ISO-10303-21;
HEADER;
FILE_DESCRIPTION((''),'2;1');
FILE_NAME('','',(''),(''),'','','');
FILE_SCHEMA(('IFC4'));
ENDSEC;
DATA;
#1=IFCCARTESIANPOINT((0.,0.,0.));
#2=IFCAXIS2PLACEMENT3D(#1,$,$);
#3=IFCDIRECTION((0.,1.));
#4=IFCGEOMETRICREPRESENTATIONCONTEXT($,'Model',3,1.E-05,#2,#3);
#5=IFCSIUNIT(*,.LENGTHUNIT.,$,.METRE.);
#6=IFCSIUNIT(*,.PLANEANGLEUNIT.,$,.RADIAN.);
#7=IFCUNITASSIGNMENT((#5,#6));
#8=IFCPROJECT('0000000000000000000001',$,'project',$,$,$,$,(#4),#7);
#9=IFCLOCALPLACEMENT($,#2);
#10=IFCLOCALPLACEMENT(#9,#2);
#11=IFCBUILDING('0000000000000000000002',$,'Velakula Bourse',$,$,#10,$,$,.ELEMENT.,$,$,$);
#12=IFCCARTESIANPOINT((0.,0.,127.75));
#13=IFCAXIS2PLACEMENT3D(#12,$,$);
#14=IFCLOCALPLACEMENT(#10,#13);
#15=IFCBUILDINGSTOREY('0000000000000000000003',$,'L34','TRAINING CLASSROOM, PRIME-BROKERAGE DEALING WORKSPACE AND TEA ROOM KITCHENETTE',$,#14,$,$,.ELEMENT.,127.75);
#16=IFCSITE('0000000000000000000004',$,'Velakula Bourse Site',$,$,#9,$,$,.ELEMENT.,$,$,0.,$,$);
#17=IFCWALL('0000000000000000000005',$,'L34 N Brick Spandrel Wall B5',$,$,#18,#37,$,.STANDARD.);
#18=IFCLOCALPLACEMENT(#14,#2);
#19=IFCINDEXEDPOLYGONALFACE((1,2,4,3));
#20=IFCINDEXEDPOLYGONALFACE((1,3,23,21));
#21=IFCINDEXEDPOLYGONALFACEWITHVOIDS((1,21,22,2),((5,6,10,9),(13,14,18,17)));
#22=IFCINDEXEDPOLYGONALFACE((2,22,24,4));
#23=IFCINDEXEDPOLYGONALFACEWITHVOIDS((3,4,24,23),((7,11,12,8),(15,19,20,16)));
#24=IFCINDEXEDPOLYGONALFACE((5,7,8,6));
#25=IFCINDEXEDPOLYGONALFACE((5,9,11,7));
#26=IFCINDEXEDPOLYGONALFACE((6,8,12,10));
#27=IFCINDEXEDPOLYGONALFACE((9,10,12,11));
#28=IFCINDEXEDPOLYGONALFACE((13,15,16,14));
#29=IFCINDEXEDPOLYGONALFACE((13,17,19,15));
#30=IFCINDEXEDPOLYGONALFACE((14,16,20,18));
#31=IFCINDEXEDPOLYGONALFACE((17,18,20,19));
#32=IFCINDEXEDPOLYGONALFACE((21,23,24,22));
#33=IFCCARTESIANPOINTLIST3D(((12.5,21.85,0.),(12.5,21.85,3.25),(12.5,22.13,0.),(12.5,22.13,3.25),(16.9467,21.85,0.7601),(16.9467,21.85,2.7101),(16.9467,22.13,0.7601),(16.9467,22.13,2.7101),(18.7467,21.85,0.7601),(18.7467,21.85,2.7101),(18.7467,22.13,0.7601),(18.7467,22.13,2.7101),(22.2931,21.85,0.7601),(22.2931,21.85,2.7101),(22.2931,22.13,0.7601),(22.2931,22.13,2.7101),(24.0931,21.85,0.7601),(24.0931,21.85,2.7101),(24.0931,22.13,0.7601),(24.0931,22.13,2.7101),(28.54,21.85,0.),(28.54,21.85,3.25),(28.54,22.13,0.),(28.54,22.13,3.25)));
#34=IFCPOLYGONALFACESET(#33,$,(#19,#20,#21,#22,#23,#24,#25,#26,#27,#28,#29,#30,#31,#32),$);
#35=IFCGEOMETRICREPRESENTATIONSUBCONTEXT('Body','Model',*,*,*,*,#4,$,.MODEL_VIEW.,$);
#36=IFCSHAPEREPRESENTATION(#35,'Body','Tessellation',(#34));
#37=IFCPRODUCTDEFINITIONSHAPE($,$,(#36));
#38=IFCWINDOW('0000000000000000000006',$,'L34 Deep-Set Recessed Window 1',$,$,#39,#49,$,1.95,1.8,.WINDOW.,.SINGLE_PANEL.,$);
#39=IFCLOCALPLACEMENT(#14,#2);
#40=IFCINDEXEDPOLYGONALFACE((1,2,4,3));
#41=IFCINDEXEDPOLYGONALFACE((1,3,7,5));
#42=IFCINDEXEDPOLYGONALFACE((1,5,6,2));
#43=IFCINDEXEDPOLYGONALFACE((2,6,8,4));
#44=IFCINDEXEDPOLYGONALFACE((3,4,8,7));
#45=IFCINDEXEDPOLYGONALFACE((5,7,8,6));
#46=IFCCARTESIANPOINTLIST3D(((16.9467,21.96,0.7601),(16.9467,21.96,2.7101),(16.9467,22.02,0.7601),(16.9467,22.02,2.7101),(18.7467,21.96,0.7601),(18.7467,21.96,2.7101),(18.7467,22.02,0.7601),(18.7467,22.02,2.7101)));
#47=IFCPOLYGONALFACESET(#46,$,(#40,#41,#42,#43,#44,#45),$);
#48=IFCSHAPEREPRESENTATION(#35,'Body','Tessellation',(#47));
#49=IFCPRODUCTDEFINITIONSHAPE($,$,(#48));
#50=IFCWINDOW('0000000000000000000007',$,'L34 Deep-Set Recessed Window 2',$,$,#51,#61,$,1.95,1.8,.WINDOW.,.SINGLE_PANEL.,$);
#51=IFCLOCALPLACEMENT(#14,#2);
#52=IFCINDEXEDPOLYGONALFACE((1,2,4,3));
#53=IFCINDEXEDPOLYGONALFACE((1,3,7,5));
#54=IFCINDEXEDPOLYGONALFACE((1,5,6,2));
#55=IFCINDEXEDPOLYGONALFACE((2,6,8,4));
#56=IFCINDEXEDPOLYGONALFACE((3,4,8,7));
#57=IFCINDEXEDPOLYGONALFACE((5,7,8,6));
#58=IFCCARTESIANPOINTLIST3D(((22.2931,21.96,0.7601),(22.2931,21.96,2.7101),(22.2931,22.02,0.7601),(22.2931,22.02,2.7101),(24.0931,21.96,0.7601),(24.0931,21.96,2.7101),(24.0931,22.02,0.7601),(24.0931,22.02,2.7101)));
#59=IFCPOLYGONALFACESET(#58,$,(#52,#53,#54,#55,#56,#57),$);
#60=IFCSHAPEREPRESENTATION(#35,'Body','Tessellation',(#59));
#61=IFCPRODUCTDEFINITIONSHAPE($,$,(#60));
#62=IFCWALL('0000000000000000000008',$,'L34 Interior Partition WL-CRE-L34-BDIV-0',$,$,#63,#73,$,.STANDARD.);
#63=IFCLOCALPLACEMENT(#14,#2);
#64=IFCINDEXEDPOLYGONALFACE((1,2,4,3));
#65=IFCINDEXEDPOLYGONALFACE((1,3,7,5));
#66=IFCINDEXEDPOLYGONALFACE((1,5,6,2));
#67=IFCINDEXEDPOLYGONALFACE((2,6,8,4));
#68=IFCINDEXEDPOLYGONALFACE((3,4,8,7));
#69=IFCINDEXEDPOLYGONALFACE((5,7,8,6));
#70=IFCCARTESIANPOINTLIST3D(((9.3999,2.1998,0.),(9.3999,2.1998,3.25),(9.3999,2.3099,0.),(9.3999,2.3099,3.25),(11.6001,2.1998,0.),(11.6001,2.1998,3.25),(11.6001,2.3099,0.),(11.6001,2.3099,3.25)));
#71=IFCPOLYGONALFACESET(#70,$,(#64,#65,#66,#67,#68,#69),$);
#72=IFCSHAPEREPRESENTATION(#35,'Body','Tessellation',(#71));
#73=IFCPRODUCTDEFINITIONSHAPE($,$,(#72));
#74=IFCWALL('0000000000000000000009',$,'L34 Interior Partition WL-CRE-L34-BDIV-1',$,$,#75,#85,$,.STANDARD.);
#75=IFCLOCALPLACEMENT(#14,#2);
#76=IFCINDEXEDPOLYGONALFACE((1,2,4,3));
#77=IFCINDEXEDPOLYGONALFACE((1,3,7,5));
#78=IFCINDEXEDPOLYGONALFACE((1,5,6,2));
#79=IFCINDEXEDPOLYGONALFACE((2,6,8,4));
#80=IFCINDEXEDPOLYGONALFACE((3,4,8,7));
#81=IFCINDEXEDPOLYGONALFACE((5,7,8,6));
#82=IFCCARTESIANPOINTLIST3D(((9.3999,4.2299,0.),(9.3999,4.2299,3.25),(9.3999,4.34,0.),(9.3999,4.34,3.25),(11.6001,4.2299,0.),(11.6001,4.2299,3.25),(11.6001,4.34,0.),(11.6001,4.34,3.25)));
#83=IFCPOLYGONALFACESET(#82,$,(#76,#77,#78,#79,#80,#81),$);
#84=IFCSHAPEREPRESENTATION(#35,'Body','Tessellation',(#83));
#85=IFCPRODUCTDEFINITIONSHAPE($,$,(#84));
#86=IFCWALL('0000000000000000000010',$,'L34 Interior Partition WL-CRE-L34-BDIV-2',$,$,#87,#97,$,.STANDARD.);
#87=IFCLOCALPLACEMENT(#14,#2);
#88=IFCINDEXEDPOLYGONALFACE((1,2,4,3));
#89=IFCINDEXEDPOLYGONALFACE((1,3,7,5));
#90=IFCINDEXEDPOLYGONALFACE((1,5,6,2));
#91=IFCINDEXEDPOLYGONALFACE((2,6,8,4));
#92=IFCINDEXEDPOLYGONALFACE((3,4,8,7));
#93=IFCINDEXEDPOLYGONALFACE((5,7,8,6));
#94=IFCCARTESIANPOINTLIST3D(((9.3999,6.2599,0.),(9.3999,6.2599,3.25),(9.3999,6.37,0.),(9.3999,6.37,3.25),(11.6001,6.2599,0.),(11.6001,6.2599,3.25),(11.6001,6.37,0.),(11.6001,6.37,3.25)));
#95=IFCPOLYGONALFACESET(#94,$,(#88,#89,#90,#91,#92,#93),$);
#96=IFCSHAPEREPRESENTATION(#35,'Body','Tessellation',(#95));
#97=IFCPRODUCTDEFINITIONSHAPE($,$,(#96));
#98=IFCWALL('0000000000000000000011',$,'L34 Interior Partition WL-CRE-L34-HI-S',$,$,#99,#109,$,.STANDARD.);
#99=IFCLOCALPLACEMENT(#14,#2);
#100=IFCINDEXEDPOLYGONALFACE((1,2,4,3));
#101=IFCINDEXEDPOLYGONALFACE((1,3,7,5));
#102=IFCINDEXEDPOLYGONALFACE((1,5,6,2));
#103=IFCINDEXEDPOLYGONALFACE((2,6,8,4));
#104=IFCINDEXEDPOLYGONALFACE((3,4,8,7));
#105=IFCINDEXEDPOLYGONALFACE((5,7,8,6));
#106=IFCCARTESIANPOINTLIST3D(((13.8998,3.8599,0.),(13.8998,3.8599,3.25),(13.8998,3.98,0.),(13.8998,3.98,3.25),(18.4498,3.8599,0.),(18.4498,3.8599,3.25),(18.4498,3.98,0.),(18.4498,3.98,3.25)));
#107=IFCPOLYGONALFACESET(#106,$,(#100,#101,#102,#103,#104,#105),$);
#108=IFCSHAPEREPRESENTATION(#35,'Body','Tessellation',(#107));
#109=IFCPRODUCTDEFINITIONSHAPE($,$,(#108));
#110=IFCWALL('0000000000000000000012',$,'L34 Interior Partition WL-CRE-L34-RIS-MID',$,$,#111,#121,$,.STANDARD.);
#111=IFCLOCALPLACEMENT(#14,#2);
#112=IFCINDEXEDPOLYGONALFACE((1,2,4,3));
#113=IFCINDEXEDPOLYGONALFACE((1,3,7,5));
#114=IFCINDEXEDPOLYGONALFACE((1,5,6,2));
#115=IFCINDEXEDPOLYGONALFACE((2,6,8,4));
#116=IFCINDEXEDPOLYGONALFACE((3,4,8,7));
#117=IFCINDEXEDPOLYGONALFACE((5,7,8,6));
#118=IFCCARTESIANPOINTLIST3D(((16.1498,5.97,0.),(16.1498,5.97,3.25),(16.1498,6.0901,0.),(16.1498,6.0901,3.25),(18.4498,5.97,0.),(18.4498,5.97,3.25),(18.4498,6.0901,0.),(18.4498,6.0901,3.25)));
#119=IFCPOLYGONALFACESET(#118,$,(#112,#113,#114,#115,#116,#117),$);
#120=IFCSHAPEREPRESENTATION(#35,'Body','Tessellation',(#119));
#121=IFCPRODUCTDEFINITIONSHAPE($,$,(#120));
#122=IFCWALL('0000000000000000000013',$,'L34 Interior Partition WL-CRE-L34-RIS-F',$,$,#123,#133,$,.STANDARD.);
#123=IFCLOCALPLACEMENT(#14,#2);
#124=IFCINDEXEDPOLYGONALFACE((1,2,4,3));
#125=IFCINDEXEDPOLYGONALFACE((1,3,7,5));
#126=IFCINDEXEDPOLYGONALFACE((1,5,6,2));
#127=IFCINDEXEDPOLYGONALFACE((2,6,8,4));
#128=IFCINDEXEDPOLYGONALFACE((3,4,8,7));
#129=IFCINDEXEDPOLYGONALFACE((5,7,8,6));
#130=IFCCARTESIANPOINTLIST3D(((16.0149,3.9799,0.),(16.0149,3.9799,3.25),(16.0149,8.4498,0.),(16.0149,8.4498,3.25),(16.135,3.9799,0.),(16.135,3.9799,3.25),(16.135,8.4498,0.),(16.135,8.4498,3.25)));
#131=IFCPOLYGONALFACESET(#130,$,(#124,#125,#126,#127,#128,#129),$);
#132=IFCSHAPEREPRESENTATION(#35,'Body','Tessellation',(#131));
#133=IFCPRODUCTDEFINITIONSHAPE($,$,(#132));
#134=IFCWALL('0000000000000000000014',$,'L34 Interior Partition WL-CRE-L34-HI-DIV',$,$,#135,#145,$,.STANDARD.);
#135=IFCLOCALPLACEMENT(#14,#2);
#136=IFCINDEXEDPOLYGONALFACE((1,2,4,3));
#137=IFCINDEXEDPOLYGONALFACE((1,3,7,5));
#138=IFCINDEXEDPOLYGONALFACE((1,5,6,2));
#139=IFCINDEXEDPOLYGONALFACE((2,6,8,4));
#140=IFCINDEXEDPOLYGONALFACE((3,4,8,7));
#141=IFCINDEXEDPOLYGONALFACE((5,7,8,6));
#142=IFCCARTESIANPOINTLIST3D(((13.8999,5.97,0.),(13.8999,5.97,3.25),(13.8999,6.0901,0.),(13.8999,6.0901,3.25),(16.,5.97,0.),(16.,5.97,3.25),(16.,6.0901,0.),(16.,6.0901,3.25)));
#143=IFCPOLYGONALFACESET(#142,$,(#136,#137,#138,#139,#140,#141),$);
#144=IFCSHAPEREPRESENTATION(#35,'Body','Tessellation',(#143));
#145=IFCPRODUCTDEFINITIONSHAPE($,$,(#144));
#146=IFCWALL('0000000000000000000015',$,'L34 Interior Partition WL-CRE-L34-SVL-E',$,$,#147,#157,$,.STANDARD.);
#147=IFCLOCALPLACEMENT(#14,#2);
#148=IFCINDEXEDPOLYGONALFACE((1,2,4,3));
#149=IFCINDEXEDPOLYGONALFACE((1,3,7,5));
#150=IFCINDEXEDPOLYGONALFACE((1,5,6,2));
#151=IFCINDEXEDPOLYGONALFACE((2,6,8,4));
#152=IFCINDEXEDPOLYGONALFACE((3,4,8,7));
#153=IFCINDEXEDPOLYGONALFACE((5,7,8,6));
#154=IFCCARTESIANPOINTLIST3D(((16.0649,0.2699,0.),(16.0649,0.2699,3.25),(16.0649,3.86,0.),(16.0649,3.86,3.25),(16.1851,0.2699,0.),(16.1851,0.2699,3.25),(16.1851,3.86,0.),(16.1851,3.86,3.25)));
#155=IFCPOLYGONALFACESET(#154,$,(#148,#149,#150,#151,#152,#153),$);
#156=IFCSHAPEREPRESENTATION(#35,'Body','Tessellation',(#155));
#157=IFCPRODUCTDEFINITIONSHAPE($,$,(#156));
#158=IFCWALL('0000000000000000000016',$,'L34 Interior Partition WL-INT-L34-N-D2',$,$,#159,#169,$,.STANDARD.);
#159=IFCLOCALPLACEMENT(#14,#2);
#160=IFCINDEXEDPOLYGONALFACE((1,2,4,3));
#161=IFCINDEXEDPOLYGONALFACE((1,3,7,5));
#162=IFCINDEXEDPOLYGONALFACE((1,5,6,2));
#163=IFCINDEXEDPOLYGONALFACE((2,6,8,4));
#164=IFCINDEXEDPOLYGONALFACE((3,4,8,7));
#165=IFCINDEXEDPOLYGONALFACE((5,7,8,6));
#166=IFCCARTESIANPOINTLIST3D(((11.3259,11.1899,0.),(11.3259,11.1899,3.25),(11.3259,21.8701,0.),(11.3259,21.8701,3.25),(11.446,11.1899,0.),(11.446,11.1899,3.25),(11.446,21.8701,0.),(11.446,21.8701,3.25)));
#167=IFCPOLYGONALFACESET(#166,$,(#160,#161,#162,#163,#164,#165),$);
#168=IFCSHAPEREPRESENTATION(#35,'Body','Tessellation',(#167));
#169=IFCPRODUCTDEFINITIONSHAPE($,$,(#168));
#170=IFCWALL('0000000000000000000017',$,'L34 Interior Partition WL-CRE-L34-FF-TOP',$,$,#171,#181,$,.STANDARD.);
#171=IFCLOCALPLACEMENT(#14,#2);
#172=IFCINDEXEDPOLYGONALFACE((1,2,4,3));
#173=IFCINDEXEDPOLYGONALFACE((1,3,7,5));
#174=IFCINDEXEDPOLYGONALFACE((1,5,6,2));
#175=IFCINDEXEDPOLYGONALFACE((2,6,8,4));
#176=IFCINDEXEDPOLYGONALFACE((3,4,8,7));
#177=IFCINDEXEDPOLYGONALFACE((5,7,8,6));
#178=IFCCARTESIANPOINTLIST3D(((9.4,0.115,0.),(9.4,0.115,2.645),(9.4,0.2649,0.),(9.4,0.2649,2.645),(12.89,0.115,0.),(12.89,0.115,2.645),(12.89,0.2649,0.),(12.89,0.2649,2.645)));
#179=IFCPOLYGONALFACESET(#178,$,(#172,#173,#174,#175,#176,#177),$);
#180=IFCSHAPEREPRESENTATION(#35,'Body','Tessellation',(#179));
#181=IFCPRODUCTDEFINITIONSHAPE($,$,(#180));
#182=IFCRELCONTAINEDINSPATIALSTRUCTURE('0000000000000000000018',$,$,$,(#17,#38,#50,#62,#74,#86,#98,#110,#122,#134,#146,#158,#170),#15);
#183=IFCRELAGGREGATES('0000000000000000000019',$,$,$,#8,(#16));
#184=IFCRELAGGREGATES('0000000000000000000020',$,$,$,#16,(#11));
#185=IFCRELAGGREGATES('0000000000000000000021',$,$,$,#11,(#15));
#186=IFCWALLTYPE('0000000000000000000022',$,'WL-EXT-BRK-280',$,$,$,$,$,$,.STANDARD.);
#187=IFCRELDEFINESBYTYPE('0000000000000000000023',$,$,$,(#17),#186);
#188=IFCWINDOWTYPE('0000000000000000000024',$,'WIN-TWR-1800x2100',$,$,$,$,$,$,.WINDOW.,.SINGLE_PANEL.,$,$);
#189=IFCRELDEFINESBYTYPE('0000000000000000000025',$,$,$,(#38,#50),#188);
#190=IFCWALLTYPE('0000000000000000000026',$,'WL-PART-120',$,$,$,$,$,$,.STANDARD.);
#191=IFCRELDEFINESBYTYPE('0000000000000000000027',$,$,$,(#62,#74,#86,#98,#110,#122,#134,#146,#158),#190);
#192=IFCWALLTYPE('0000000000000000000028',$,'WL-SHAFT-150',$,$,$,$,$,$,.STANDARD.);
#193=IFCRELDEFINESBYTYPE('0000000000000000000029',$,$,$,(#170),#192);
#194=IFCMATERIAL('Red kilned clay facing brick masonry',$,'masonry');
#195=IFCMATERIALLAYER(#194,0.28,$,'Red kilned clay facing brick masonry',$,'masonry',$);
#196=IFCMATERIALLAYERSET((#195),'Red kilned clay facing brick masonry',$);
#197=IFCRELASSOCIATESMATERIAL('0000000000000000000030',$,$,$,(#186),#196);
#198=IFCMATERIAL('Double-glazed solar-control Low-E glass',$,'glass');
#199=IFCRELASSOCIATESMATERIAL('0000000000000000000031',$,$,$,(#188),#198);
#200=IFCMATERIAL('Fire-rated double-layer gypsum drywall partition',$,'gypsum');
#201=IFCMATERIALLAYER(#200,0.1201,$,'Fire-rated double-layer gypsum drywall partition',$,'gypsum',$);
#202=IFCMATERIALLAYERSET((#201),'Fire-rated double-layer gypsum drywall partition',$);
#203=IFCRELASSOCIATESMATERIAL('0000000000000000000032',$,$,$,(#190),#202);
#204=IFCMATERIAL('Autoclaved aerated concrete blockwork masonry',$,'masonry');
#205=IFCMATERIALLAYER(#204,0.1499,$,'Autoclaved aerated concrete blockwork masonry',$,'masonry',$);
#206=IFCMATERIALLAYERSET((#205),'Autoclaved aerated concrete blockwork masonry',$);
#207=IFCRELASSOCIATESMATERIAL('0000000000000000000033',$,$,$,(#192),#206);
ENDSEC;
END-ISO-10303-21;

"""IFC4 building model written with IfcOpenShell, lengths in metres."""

from ifc_helpers import new_model, si_unit, direction, frame, frame_2d, origin, place, context, subcontext, project, spatial, rectangle, extrude, material, layer, layer_set, type_object, element, fill, save


model = new_model("IFC4")

# Units and contexts
model_context = context("Model", 3, precision=1e-05, world=origin(), true_north=direction((0.0, 1.0)))
body_context = subcontext(model_context, "Body", "Model", "MODEL_VIEW")
ifc_project = project(units=[si_unit("LENGTHUNIT", "METRE"), si_unit("PLANEANGLEUNIT", "RADIAN")], contexts=[model_context])

# Site, building, storey
site_placement = place(None, origin())
site = spatial("IfcSite", under=ifc_project, at=site_placement, Name="Velakula Bourse Site", CompositionType="ELEMENT", RefElevation=0.0)
building_placement = place(site_placement, origin())
building = spatial("IfcBuilding", under=site, at=building_placement, Name="Velakula Bourse", CompositionType="ELEMENT")
storey_placement = place(building_placement, frame((0.0, 0.0, 127.75)))
storey = spatial("IfcBuildingStorey", under=building, at=storey_placement, Name="L34", Description="TRAINING CLASSROOM, PRIME-BROKERAGE DEALING WORKSPACE AND TEA ROOM KITCHENETTE", CompositionType="ELEMENT", Elevation=127.75)

# Wall, openings, windows
ifc_material_1 = material(Name="Red kilned clay facing brick masonry", Category="masonry")
ifc_layer_1 = layer(ifc_material_1, 0.28, Name="Red kilned clay facing brick masonry", Category="masonry")
ifc_layer_set_1 = layer_set([ifc_layer_1], Name="Red kilned clay facing brick masonry")
wall_type_1 = type_object("IfcWallType", Name="WL-EXT-BRK-280", PredefinedType="STANDARD", material=ifc_layer_set_1)
wall_1_placement = place(storey_placement, frame((12.5, 21.99, 0.0), z_axis=(0.0, 0.0, 1.0), x_axis=(1.0, 0.0, 0.0)))
wall_1 = element("IfcWall", 1, at=wall_1_placement, inside=storey, type_object=wall_type_1, Name="L34 N Brick Spandrel Wall B5", PredefinedType="STANDARD", context=body_context, shape_type="SweptSolid", body=[
    extrude(rectangle(XDim=16.04, YDim=0.28, at=frame_2d((8.02, 0.0))), origin(), (0.0, 0.0, 1.0), 3.25),
])
opening_1_placement = place(wall_1_placement, frame((4.4468, 0.0, 0.76)))
opening_1 = element("IfcOpeningElement", 2, at=opening_1_placement, cuts=wall_1, PredefinedType="OPENING", context=body_context, shape_type="SweptSolid", body=[
    extrude(rectangle(XDim=1.8, YDim=1.95, at=frame_2d((0.8999, 0.9751))), frame((0.0, 0.1499, 0.0), z_axis=(0.0, -1.0, 0.0), x_axis=(1.0, 0.0, 0.0)), (0.0, 0.0, 1.0), 0.3),
])
opening_2_placement = place(wall_1_placement, frame((9.7932, 0.0, 0.76)))
opening_2 = element("IfcOpeningElement", 3, at=opening_2_placement, cuts=wall_1, PredefinedType="OPENING", context=body_context, shape_type="SweptSolid", body=[
    extrude(rectangle(XDim=1.8, YDim=1.95, at=frame_2d((0.8999, 0.9751))), frame((0.0, 0.1499, 0.0), z_axis=(0.0, -1.0, 0.0), x_axis=(1.0, 0.0, 0.0)), (0.0, 0.0, 1.0), 0.3),
])
ifc_material_2 = material(Name="Double-glazed solar-control Low-E glass", Category="glass")
window_type = type_object("IfcWindowType", Name="WIN-TWR-1800x2100", PartitioningType="SINGLE_PANEL", PredefinedType="WINDOW", material=ifc_material_2)
window_1_placement = place(opening_1_placement, origin())
window_1 = element("IfcWindow", 4, at=window_1_placement, inside=storey, type_object=window_type, Name="L34 Deep-Set Recessed Window 1", OverallHeight=1.95, OverallWidth=1.8, PartitioningType="SINGLE_PANEL", PredefinedType="WINDOW", context=body_context, shape_type="SweptSolid", body=[
    extrude(rectangle(XDim=1.8, YDim=1.95, at=frame_2d((0.8999, 0.9751))), frame((0.0, 0.03, 0.0), z_axis=(0.0, -1.0, 0.0), x_axis=(1.0, 0.0, 0.0)), (0.0, 0.0, 1.0), 0.0601),
])
fill(opening_1, window_1)
window_2_placement = place(opening_2_placement, origin())
window_2 = element("IfcWindow", 5, at=window_2_placement, inside=storey, type_object=window_type, Name="L34 Deep-Set Recessed Window 2", OverallHeight=1.95, OverallWidth=1.8, PartitioningType="SINGLE_PANEL", PredefinedType="WINDOW", context=body_context, shape_type="SweptSolid", body=[
    extrude(rectangle(XDim=1.8, YDim=1.95, at=frame_2d((0.8999, 0.9751))), frame((0.0, 0.03, 0.0), z_axis=(0.0, -1.0, 0.0), x_axis=(1.0, 0.0, 0.0)), (0.0, 0.0, 1.0), 0.0601),
])
fill(opening_2, window_2)

# Walls
ifc_material_3 = material(Name="Fire-rated double-layer gypsum drywall partition", Category="gypsum")
ifc_layer_2 = layer(ifc_material_3, 0.1201, Name="Fire-rated double-layer gypsum drywall partition", Category="gypsum")
ifc_layer_set_2 = layer_set([ifc_layer_2], Name="Fire-rated double-layer gypsum drywall partition")
wall_type_2 = type_object("IfcWallType", Name="WL-PART-120", PredefinedType="STANDARD", material=ifc_layer_set_2)
for number, where, z_axis, x_axis, name in (
    (6, (9.3999, 2.2549, 0.0), (0.0, 0.0, 1.0), (1.0, 0.0, 0.0), "L34 Interior Partition WL-CRE-L34-BDIV-0"),
    (7, (9.3999, 4.2849, 0.0), (0.0, 0.0, 1.0), (1.0, 0.0, 0.0), "L34 Interior Partition WL-CRE-L34-BDIV-1"),
    (8, (9.3999, 6.3149, 0.0), (0.0, 0.0, 1.0), (1.0, 0.0, 0.0), "L34 Interior Partition WL-CRE-L34-BDIV-2"),
):
    element("IfcWall", number, at=place(storey_placement, frame(where, z_axis=z_axis, x_axis=x_axis)), inside=storey, type_object=wall_type_2, Name=name, PredefinedType="STANDARD", context=body_context, shape_type="SweptSolid", body=[
        extrude(rectangle(XDim=2.2002, YDim=0.1101, at=frame_2d((1.1001, 0.0))), origin(), (0.0, 0.0, 1.0), 3.25),
    ])
wall_2_placement = place(storey_placement, frame((13.8999, 3.9199, 0.0), z_axis=(0.0, 0.0, 1.0), x_axis=(1.0, 0.0, 0.0)))
element("IfcWall", 9, at=wall_2_placement, inside=storey, type_object=wall_type_2, Name="L34 Interior Partition WL-CRE-L34-HI-S", PredefinedType="STANDARD", context=body_context, shape_type="SweptSolid", body=[
    extrude(rectangle(XDim=4.55, YDim=0.1201, at=frame_2d((2.2749, 0.0))), origin(), (0.0, 0.0, 1.0), 3.25),
])
wall_3_placement = place(storey_placement, frame((16.1499, 6.03, 0.0), z_axis=(0.0, 0.0, 1.0), x_axis=(1.0, 0.0, 0.0)))
element("IfcWall", 10, at=wall_3_placement, inside=storey, type_object=wall_type_2, Name="L34 Interior Partition WL-CRE-L34-RIS-MID", PredefinedType="STANDARD", context=body_context, shape_type="SweptSolid", body=[
    extrude(rectangle(XDim=2.3, YDim=0.1201, at=frame_2d((1.1499, 0.0))), origin(), (0.0, 0.0, 1.0), 3.25),
])
wall_4_placement = place(storey_placement, frame((16.075, 3.98, 0.0), z_axis=(0.0, 0.0, 1.0), x_axis=(0.0, 1.0, 0.0)))
element("IfcWall", 11, at=wall_4_placement, inside=storey, type_object=wall_type_2, Name="L34 Interior Partition WL-CRE-L34-RIS-F", PredefinedType="STANDARD", context=body_context, shape_type="SweptSolid", body=[
    extrude(rectangle(XDim=4.47, YDim=0.1201, at=frame_2d((2.2349, 0.0))), origin(), (0.0, 0.0, 1.0), 3.25),
])
wall_5_placement = place(storey_placement, frame((13.8999, 6.03, 0.0), z_axis=(0.0, 0.0, 1.0), x_axis=(1.0, 0.0, 0.0)))
element("IfcWall", 12, at=wall_5_placement, inside=storey, type_object=wall_type_2, Name="L34 Interior Partition WL-CRE-L34-HI-DIV", PredefinedType="STANDARD", context=body_context, shape_type="SweptSolid", body=[
    extrude(rectangle(XDim=2.1001, YDim=0.1201, at=frame_2d((1.05, 0.0))), origin(), (0.0, 0.0, 1.0), 3.25),
])
wall_6_placement = place(storey_placement, frame((16.125, 0.27, 0.0), z_axis=(0.0, 0.0, 1.0), x_axis=(0.0, 1.0, 0.0)))
element("IfcWall", 13, at=wall_6_placement, inside=storey, type_object=wall_type_2, Name="L34 Interior Partition WL-CRE-L34-SVL-E", PredefinedType="STANDARD", context=body_context, shape_type="SweptSolid", body=[
    extrude(rectangle(XDim=3.5901, YDim=0.1201, at=frame_2d((1.7949, 0.0))), origin(), (0.0, 0.0, 1.0), 3.25),
])
wall_7_placement = place(storey_placement, frame((11.386, 11.1899, 0.0), z_axis=(0.0, 0.0, 1.0), x_axis=(0.0, 1.0, 0.0)))
element("IfcWall", 14, at=wall_7_placement, inside=storey, type_object=wall_type_2, Name="L34 Interior Partition WL-INT-L34-N-D2", PredefinedType="STANDARD", context=body_context, shape_type="SweptSolid", body=[
    extrude(rectangle(XDim=10.6802, YDim=0.1201, at=frame_2d((5.3401, 0.0))), origin(), (0.0, 0.0, 1.0), 3.25),
])
ifc_material_4 = material(Name="Autoclaved aerated concrete blockwork masonry", Category="masonry")
ifc_layer_3 = layer(ifc_material_4, 0.1499, Name="Autoclaved aerated concrete blockwork masonry", Category="masonry")
ifc_layer_set_3 = layer_set([ifc_layer_3], Name="Autoclaved aerated concrete blockwork masonry")
wall_type_3 = type_object("IfcWallType", Name="WL-SHAFT-150", PredefinedType="STANDARD", material=ifc_layer_set_3)
wall_8_placement = place(storey_placement, frame((9.3999, 0.1899, 0.0), z_axis=(0.0, 0.0, 1.0), x_axis=(1.0, 0.0, 0.0)))
element("IfcWall", 15, at=wall_8_placement, inside=storey, type_object=wall_type_3, Name="L34 Interior Partition WL-CRE-L34-FF-TOP", PredefinedType="STANDARD", context=body_context, shape_type="SweptSolid", body=[
    extrude(rectangle(XDim=3.49, YDim=0.1499, at=frame_2d((1.7451, 0.0))), origin(), (0.0, 0.0, 1.0), 2.645),
])

save(model, "model.ifc")
